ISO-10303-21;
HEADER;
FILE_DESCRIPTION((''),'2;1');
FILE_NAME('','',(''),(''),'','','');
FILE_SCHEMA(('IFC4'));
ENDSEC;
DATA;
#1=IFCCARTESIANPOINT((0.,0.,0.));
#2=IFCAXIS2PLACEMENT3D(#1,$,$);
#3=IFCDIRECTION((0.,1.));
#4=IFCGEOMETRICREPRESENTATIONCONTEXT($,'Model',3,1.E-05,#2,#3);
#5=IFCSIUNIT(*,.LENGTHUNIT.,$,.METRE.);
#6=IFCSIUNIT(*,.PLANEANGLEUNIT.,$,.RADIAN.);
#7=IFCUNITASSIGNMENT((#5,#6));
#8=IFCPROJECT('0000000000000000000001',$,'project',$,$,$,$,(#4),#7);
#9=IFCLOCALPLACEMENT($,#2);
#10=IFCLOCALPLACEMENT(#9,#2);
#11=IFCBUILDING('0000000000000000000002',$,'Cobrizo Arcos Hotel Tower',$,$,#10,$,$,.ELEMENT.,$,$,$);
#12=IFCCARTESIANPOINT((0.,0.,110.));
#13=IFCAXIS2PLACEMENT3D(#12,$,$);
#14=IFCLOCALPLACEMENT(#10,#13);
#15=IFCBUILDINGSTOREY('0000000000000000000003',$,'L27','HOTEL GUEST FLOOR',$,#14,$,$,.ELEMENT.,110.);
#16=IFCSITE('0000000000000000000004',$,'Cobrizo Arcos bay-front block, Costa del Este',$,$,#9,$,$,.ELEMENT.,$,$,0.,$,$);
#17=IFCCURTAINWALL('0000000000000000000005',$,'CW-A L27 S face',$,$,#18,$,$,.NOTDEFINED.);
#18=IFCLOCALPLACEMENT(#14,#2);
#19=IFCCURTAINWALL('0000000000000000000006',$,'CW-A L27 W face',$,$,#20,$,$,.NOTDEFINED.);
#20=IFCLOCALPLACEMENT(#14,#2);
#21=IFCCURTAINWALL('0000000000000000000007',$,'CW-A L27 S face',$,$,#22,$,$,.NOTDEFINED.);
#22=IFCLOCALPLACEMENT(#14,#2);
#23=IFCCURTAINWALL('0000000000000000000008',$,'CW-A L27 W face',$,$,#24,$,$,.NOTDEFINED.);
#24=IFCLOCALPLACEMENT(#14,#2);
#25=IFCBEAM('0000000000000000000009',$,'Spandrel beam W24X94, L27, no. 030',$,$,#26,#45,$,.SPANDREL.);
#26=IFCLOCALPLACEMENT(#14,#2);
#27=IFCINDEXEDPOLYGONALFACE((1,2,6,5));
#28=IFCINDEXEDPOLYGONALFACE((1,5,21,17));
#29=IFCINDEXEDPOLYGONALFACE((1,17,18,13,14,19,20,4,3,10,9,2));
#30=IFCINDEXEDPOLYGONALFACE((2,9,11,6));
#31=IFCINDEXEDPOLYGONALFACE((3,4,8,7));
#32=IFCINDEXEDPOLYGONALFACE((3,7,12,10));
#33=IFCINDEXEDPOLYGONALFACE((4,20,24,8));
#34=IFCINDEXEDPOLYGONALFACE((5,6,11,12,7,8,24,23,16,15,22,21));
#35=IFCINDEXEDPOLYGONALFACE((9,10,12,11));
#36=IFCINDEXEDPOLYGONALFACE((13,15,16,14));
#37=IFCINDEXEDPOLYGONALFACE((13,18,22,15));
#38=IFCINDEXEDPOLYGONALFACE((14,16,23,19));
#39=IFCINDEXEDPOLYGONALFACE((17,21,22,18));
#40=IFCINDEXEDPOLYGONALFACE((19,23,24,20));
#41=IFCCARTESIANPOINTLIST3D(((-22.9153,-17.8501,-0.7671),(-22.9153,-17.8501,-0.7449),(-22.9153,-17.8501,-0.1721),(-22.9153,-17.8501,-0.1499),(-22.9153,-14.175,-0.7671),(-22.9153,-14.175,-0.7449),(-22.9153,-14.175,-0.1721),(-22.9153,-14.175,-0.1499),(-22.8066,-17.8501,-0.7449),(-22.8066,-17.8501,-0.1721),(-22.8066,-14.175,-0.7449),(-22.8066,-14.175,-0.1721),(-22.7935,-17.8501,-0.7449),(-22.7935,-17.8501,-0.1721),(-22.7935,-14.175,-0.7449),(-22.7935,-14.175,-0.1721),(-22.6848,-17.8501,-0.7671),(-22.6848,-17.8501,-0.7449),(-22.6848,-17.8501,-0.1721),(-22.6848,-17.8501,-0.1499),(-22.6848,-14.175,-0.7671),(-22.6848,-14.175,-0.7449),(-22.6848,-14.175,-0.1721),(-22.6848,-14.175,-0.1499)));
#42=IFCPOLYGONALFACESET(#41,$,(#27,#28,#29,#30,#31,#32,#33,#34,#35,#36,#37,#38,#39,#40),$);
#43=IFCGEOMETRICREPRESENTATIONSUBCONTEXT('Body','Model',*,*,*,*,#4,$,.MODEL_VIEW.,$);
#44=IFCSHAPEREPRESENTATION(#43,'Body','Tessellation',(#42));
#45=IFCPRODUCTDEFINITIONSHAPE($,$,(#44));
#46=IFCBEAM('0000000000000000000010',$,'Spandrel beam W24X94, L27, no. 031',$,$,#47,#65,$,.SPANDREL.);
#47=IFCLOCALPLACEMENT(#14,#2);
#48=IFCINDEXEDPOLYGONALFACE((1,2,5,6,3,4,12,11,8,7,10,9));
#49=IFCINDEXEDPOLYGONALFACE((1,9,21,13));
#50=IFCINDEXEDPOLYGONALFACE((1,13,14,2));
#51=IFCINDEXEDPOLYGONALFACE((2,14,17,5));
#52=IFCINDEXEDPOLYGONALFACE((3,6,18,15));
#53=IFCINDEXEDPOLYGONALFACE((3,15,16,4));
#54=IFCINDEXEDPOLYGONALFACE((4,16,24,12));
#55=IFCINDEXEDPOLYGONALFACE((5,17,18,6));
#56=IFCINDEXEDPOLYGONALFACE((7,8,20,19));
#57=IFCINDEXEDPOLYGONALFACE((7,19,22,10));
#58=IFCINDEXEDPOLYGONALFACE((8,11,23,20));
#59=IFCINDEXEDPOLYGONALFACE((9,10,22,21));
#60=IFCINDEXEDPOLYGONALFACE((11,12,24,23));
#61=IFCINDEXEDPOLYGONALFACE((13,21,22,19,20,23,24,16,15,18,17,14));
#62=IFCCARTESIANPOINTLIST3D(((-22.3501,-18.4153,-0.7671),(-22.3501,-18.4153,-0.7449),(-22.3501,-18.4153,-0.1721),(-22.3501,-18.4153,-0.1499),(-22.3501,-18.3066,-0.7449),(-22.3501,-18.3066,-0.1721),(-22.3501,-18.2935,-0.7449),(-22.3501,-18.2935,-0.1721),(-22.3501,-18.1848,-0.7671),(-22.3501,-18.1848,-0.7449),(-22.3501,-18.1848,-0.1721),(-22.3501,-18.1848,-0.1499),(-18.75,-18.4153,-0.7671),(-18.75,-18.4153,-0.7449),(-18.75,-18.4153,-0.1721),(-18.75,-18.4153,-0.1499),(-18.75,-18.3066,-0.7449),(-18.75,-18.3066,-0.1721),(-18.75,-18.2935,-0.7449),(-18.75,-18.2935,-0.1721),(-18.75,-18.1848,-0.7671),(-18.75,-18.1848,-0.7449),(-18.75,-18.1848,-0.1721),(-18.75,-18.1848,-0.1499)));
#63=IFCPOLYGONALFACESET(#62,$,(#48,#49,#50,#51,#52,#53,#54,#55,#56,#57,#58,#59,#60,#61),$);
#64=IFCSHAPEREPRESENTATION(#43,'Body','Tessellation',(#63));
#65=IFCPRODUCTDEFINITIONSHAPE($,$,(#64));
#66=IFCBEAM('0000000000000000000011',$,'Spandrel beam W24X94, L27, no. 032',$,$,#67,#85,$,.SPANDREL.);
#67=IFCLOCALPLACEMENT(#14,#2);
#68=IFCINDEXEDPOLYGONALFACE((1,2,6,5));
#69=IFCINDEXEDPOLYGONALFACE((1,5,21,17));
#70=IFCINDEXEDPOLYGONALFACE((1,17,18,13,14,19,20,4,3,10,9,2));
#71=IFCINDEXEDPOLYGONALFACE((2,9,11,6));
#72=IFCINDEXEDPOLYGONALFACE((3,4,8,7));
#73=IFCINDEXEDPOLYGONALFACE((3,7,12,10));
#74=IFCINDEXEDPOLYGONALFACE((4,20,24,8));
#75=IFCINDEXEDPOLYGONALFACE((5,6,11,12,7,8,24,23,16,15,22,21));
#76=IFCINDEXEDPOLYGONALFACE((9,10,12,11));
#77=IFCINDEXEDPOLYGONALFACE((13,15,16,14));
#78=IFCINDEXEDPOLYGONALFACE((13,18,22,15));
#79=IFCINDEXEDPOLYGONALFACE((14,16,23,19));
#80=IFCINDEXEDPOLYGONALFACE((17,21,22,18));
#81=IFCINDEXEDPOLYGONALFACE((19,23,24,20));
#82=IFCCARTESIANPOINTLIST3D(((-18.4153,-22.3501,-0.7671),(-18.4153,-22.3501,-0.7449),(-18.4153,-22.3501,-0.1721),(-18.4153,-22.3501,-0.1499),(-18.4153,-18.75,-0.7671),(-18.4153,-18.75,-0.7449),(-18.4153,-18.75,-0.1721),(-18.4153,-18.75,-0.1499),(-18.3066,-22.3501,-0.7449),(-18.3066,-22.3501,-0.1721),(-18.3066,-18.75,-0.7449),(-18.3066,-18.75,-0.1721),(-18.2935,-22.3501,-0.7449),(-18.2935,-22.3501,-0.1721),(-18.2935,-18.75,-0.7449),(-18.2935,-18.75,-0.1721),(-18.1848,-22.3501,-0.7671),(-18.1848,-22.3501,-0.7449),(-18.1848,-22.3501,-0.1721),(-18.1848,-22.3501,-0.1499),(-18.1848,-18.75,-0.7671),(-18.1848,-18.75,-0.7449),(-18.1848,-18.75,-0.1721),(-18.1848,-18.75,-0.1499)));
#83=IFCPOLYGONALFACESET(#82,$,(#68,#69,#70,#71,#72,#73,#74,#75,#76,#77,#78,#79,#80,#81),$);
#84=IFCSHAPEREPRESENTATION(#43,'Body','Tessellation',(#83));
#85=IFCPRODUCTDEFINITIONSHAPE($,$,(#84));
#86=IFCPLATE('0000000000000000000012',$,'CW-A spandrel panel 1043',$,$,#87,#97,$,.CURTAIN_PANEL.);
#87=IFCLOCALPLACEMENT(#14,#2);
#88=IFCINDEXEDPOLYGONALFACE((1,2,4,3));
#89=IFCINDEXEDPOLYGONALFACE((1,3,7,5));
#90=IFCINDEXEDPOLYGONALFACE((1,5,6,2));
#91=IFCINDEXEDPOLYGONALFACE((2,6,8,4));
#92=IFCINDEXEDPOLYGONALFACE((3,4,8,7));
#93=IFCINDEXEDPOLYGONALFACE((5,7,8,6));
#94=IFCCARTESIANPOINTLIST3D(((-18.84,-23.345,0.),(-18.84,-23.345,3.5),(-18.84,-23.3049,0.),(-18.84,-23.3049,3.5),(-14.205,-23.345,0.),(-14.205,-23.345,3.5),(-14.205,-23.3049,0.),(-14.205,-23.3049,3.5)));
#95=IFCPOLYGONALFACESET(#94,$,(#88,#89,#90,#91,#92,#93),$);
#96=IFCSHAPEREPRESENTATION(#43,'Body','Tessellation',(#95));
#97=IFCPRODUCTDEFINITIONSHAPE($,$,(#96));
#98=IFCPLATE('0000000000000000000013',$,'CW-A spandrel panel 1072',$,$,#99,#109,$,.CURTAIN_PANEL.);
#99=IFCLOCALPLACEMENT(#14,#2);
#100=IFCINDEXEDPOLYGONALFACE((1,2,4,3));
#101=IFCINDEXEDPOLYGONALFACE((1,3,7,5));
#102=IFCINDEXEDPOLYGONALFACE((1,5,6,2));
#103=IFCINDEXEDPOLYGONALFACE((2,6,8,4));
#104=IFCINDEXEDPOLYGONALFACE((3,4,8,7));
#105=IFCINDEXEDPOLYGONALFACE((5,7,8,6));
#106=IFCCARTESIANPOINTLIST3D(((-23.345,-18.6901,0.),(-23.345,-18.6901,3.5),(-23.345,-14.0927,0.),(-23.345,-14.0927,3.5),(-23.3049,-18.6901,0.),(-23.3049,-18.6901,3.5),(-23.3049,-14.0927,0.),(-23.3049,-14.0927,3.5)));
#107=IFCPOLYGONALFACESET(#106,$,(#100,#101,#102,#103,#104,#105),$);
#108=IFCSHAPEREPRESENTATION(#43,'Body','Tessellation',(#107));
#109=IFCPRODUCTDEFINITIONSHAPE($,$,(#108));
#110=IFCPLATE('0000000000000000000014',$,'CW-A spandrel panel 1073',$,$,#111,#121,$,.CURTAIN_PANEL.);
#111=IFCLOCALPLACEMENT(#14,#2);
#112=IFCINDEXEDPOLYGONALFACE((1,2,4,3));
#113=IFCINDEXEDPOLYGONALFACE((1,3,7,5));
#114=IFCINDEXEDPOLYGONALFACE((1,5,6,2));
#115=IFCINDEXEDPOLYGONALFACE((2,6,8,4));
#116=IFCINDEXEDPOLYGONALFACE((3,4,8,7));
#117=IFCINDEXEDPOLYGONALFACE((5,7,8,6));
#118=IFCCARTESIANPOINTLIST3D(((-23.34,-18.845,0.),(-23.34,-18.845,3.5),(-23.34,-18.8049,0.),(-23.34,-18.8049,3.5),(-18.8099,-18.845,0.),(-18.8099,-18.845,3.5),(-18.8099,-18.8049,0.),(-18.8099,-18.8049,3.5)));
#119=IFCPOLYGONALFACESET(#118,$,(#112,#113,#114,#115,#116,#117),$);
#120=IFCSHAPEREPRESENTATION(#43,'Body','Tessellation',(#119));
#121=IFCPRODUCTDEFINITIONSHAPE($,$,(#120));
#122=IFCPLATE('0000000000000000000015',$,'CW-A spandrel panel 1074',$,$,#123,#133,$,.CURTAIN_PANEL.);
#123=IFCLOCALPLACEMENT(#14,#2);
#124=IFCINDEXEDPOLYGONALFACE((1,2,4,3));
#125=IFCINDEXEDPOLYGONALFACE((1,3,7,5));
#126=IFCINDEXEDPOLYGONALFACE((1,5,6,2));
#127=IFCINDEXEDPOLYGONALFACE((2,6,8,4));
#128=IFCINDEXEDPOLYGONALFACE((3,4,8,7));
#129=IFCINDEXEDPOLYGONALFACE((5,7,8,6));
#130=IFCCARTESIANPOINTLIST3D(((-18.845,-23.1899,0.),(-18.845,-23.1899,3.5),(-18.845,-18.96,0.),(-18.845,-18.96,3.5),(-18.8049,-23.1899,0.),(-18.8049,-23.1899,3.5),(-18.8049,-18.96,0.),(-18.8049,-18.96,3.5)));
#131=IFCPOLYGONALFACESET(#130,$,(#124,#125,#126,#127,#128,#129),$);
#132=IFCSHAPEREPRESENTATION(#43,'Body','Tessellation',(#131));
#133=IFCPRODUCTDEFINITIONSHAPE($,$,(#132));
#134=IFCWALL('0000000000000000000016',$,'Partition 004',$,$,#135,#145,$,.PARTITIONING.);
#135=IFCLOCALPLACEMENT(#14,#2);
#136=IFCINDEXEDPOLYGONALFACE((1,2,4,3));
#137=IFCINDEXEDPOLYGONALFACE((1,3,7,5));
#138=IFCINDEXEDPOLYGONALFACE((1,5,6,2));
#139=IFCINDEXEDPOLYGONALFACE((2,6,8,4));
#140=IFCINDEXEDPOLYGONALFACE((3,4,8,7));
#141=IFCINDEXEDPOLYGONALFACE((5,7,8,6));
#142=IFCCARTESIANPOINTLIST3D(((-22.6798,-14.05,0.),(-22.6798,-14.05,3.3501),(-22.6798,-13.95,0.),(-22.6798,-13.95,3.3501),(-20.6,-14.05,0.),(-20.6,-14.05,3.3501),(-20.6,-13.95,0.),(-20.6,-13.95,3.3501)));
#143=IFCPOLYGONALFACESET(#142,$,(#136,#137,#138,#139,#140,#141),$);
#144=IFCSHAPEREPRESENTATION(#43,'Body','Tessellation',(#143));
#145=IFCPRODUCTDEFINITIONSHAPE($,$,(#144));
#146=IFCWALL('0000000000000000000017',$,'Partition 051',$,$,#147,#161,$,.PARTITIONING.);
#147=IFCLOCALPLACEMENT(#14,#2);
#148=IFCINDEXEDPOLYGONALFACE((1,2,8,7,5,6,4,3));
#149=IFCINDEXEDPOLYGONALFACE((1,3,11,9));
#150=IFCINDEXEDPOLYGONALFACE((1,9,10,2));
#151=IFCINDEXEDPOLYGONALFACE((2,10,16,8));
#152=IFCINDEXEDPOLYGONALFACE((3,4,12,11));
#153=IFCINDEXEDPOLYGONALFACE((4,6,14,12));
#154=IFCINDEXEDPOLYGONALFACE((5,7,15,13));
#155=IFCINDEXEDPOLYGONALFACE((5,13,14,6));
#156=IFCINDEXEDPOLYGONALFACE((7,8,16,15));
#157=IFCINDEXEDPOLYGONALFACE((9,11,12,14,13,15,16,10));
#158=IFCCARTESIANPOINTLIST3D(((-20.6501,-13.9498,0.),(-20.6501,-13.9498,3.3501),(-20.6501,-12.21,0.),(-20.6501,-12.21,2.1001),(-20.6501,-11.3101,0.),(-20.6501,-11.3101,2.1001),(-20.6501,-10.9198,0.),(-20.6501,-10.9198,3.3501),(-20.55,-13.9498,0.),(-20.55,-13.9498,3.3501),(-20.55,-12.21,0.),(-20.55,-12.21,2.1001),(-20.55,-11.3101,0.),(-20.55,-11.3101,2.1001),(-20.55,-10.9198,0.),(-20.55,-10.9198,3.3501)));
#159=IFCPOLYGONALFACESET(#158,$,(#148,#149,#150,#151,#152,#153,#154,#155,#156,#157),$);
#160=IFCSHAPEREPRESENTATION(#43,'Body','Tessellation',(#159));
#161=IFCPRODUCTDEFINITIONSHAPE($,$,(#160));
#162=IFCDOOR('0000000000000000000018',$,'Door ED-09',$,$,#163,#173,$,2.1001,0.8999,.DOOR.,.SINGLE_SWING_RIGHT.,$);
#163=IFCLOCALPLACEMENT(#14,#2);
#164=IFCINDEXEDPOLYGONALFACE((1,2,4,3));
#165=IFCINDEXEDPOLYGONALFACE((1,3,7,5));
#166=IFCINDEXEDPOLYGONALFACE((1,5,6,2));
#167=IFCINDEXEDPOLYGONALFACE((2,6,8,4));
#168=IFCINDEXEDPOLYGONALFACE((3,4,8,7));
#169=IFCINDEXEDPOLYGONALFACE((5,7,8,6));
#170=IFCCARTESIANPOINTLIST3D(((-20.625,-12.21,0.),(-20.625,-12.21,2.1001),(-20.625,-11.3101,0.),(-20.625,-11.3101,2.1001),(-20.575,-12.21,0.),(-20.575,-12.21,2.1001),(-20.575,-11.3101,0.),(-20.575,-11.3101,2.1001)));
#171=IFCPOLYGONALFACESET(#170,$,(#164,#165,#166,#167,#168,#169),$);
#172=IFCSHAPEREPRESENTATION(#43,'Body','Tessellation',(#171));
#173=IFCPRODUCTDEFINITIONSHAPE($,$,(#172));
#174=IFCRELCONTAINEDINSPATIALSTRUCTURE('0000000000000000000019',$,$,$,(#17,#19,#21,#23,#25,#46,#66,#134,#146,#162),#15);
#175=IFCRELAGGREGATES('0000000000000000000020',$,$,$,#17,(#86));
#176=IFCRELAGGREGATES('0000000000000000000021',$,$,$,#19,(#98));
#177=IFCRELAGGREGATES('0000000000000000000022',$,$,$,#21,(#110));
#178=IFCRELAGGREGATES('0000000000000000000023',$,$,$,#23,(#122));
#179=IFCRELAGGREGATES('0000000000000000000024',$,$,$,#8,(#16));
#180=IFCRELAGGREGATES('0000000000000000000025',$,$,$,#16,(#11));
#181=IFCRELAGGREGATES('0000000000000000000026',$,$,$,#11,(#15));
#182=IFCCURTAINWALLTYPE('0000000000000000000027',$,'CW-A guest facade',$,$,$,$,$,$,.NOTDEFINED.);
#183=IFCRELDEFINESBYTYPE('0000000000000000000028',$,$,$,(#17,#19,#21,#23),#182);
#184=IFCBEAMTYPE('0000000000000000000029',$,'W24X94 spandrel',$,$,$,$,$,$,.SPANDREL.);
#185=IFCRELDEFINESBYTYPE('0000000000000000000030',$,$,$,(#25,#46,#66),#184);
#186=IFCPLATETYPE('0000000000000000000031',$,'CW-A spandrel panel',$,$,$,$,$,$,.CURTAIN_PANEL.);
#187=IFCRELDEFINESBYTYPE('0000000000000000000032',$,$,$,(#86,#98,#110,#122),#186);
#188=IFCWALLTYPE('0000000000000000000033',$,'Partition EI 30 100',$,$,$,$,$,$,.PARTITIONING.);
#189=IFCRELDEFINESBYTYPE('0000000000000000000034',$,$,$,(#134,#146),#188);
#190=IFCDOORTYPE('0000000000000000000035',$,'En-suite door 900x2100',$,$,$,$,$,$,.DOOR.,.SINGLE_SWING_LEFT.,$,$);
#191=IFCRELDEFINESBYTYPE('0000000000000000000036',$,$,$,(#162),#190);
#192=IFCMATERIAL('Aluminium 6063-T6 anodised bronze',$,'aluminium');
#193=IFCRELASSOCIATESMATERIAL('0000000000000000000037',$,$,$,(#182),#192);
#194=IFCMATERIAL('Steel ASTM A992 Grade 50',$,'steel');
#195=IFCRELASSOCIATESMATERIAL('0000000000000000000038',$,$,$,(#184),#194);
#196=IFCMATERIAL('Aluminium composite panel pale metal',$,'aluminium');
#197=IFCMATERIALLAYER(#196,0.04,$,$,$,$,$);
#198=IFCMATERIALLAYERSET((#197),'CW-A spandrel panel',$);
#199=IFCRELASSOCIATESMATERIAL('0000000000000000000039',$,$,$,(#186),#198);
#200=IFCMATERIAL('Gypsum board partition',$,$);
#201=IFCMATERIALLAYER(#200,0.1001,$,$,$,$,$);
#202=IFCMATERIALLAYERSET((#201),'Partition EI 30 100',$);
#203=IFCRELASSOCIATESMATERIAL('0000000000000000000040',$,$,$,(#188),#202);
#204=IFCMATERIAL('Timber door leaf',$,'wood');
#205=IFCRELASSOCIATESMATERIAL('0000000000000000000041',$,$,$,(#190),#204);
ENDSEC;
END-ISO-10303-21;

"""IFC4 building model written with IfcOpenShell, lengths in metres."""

from ifc_helpers import new_model, si_unit, direction, frame, frame_2d, origin, origin_2d, place, context, subcontext, project, spatial, rectangle, i_section, extrude, material, layer, layer_set, material_profile, profile_set, type_object, element, fill, aggregate, save


model = new_model("IFC4")

# Units and contexts
model_context = context("Model", 3, precision=1e-05, world=origin(), true_north=direction((0.0, 1.0)))
body_context = subcontext(model_context, "Body", "Model", "MODEL_VIEW")
ifc_project = project(units=[si_unit("LENGTHUNIT", "METRE"), si_unit("PLANEANGLEUNIT", "RADIAN")], contexts=[model_context])

# Site, building, storey
site_placement = place(None, origin())
site = spatial("IfcSite", under=ifc_project, at=site_placement, Name="Cobrizo Arcos bay-front block, Costa del Este", CompositionType="ELEMENT", RefElevation=0.0)
building_placement = place(site_placement, origin())
building = spatial("IfcBuilding", under=site, at=building_placement, Name="Cobrizo Arcos Hotel Tower", CompositionType="ELEMENT")
storey_placement = place(building_placement, frame((0.0, 0.0, 110.0)))
storey = spatial("IfcBuildingStorey", under=building, at=storey_placement, Name="L27", Description="HOTEL GUEST FLOOR", CompositionType="ELEMENT", Elevation=110.0)

# Curtain wall
ifc_material_1 = material(Name="Aluminium 6063-T6 anodised bronze", Category="aluminium")
curtain_wall_type = type_object("IfcCurtainWallType", Name="CW-A guest facade", PredefinedType="NOTDEFINED", material=ifc_material_1)
curtain_wall_1_placement = place(storey_placement, origin())
curtain_wall_1 = element("IfcCurtainWall", 1, at=curtain_wall_1_placement, inside=storey, type_object=curtain_wall_type, Name="CW-A L27 S face", PredefinedType="NOTDEFINED")

# Curtain walls
curtain_wall_2_placement = place(storey_placement, origin())
curtain_wall_2 = element("IfcCurtainWall", 2, at=curtain_wall_2_placement, inside=storey, type_object=curtain_wall_type, Name="CW-A L27 W face", PredefinedType="NOTDEFINED")
curtain_wall_3_placement = place(storey_placement, origin())
curtain_wall_3 = element("IfcCurtainWall", 3, at=curtain_wall_3_placement, inside=storey, type_object=curtain_wall_type, Name="CW-A L27 S face", PredefinedType="NOTDEFINED")
curtain_wall_4_placement = place(storey_placement, origin())
curtain_wall_4 = element("IfcCurtainWall", 4, at=curtain_wall_4_placement, inside=storey, type_object=curtain_wall_type, Name="CW-A L27 W face", PredefinedType="NOTDEFINED")

# Beams
ifc_material_2 = material(Name="Steel ASTM A992 Grade 50", Category="steel")
ifc_material_profile_1 = material_profile(ifc_material_2, i_section(OverallWidth=0.2305, OverallDepth=0.6172, WebThickness=0.0132, FlangeThickness=0.0222, at=origin_2d()), Name="W24X94")
ifc_profile_set_1 = profile_set([ifc_material_profile_1], Name="Steel ASTM A992 Grade 50")
beam_type_1 = type_object("IfcBeamType", Name="W24X94 spandrel", PredefinedType="SPANDREL", material=ifc_profile_set_1)
for number, where, z_axis, x_axis, name in (
    (5, (-22.8, -14.175, -0.4585), (0.0, -1.0, 0.0), (1.0, 0.0, 0.0), "Spandrel beam W24X94, L27, no. 030"),
):
    element("IfcBeam", number, at=place(storey_placement, frame(where, z_axis=z_axis, x_axis=x_axis)), inside=storey, type_object=beam_type_1, Name=name, PredefinedType="SPANDREL", context=body_context, shape_type="SweptSolid", body=[
        extrude(i_section(OverallWidth=0.2305, OverallDepth=0.6172, WebThickness=0.0132, FlangeThickness=0.0222, at=origin_2d()), origin(), (0.0, 0.0, 1.0), 3.675),
    ])
for number, where, z_axis, x_axis, name in (
    (6, (-22.3501, -18.3, -0.4585), (1.0, 0.0, 0.0), (0.0, 1.0, 0.0), "Spandrel beam W24X94, L27, no. 031"),
    (7, (-18.3, -18.75, -0.4585), (0.0, -1.0, 0.0), (1.0, 0.0, 0.0), "Spandrel beam W24X94, L27, no. 032"),
):
    element("IfcBeam", number, at=place(storey_placement, frame(where, z_axis=z_axis, x_axis=x_axis)), inside=storey, type_object=beam_type_1, Name=name, PredefinedType="SPANDREL", context=body_context, shape_type="SweptSolid", body=[
        extrude(i_section(OverallWidth=0.2305, OverallDepth=0.6172, WebThickness=0.0132, FlangeThickness=0.0222, at=origin_2d()), origin(), (0.0, 0.0, 1.0), 3.6001),
    ])

# Plates
ifc_material_3 = material(Name="Aluminium composite panel pale metal", Category="aluminium")
ifc_layer_1 = layer(ifc_material_3, 0.04)
ifc_layer_set_1 = layer_set([ifc_layer_1], Name="CW-A spandrel panel")
plate_type = type_object("IfcPlateType", Name="CW-A spandrel panel", PredefinedType="CURTAIN_PANEL", material=ifc_layer_set_1)
plate_1_placement = place(storey_placement, frame((-16.5225, -23.325, 0.0), z_axis=(0.0, 0.0, 1.0), x_axis=(1.0, 0.0, 0.0)))
plate_1 = element("IfcPlate", 8, at=plate_1_placement, type_object=plate_type, Name="CW-A spandrel panel 1043", PredefinedType="CURTAIN_PANEL", context=body_context, shape_type="SweptSolid", body=[
    extrude(rectangle(XDim=4.635, YDim=0.04, at=origin_2d()), origin(), (0.0, 0.0, 1.0), 3.5),
])
aggregate(curtain_wall_1, [plate_1])
plate_2_placement = place(storey_placement, frame((-23.325, -16.3914, 0.0), z_axis=(0.0, 0.0, 1.0), x_axis=(0.0, -1.0, 0.0)))
plate_2 = element("IfcPlate", 9, at=plate_2_placement, type_object=plate_type, Name="CW-A spandrel panel 1072", PredefinedType="CURTAIN_PANEL", context=body_context, shape_type="SweptSolid", body=[
    extrude(rectangle(XDim=4.5974, YDim=0.04, at=origin_2d()), origin(), (0.0, 0.0, 1.0), 3.5),
])
aggregate(curtain_wall_2, [plate_2])
plate_3_placement = place(storey_placement, frame((-21.075, -18.825, 0.0), z_axis=(0.0, 0.0, 1.0), x_axis=(1.0, 0.0, 0.0)))
plate_3 = element("IfcPlate", 10, at=plate_3_placement, type_object=plate_type, Name="CW-A spandrel panel 1073", PredefinedType="CURTAIN_PANEL", context=body_context, shape_type="SweptSolid", body=[
    extrude(rectangle(XDim=4.53, YDim=0.04, at=origin_2d()), origin(), (0.0, 0.0, 1.0), 3.5),
])
aggregate(curtain_wall_3, [plate_3])
plate_4_placement = place(storey_placement, frame((-18.825, -21.075, 0.0), z_axis=(0.0, 0.0, 1.0), x_axis=(0.0, -1.0, 0.0)))
plate_4 = element("IfcPlate", 11, at=plate_4_placement, type_object=plate_type, Name="CW-A spandrel panel 1074", PredefinedType="CURTAIN_PANEL", context=body_context, shape_type="SweptSolid", body=[
    extrude(rectangle(XDim=4.23, YDim=0.04, at=origin_2d()), origin(), (0.0, 0.0, 1.0), 3.5),
])
aggregate(curtain_wall_4, [plate_4])

# Wall
ifc_material_4 = material(Name="Gypsum board partition")
ifc_layer_2 = layer(ifc_material_4, 0.1001)
ifc_layer_set_2 = layer_set([ifc_layer_2], Name="Partition EI 30 100")
wall_type = type_object("IfcWallType", Name="Partition EI 30 100", PredefinedType="PARTITIONING", material=ifc_layer_set_2)
wall_1_placement = place(storey_placement, frame((-22.6799, -14.0, 0.0), z_axis=(0.0, 0.0, 1.0), x_axis=(1.0, 0.0, 0.0)))
element("IfcWall", 12, at=wall_1_placement, inside=storey, type_object=wall_type, Name="Partition 004", PredefinedType="PARTITIONING", context=body_context, shape_type="SweptSolid", body=[
    extrude(rectangle(XDim=2.0798, YDim=0.1001, at=frame_2d((1.04, 0.0))), origin(), (0.0, 0.0, 1.0), 3.3501),
])

# Wall, opening, door
wall_2_placement = place(storey_placement, frame((-20.6001, -13.95, 0.0), z_axis=(0.0, 0.0, 1.0), x_axis=(0.0, 1.0, 0.0)))
wall_2 = element("IfcWall", 13, at=wall_2_placement, inside=storey, type_object=wall_type, Name="Partition 051", PredefinedType="PARTITIONING", context=body_context, shape_type="SweptSolid", body=[
    extrude(rectangle(XDim=3.03, YDim=0.1001, at=frame_2d((1.5151, 0.0))), origin(), (0.0, 0.0, 1.0), 3.3501),
])
opening_1_placement = place(wall_2_placement, frame((1.74, 0.0, 0.0)))
opening_1 = element("IfcOpeningElement", 14, at=opening_1_placement, cuts=wall_2, PredefinedType="OPENING", context=body_context, shape_type="SweptSolid", body=[
    extrude(rectangle(XDim=0.8999, YDim=2.1001, at=frame_2d((0.45, 1.05))), frame((0.0, 0.062, 0.0), z_axis=(0.0, -1.0, 0.0), x_axis=(1.0, 0.0, 0.0)), (0.0, 0.0, 1.0), 0.124),
])
ifc_material_5 = material(Name="Timber door leaf", Category="wood")
door_type_1 = type_object("IfcDoorType", Name="En-suite door 900x2100", OperationType="SINGLE_SWING_LEFT", PredefinedType="DOOR", material=ifc_material_5)
door_1_placement = place(opening_1_placement, origin())
door_1 = element("IfcDoor", 15, at=door_1_placement, inside=storey, type_object=door_type_1, Name="Door ED-09", OperationType="SINGLE_SWING_RIGHT", OverallHeight=2.1001, OverallWidth=0.8999, PredefinedType="DOOR", context=body_context, shape_type="SweptSolid", body=[
    extrude(rectangle(XDim=0.8999, YDim=2.1001, at=frame_2d((0.45, 1.05))), frame((0.0, 0.0249, 0.0), z_axis=(0.0, -1.0, 0.0), x_axis=(1.0, 0.0, 0.0)), (0.0, 0.0, 1.0), 0.05),
])
fill(opening_1, door_1)

save(model, "model.ifc")
